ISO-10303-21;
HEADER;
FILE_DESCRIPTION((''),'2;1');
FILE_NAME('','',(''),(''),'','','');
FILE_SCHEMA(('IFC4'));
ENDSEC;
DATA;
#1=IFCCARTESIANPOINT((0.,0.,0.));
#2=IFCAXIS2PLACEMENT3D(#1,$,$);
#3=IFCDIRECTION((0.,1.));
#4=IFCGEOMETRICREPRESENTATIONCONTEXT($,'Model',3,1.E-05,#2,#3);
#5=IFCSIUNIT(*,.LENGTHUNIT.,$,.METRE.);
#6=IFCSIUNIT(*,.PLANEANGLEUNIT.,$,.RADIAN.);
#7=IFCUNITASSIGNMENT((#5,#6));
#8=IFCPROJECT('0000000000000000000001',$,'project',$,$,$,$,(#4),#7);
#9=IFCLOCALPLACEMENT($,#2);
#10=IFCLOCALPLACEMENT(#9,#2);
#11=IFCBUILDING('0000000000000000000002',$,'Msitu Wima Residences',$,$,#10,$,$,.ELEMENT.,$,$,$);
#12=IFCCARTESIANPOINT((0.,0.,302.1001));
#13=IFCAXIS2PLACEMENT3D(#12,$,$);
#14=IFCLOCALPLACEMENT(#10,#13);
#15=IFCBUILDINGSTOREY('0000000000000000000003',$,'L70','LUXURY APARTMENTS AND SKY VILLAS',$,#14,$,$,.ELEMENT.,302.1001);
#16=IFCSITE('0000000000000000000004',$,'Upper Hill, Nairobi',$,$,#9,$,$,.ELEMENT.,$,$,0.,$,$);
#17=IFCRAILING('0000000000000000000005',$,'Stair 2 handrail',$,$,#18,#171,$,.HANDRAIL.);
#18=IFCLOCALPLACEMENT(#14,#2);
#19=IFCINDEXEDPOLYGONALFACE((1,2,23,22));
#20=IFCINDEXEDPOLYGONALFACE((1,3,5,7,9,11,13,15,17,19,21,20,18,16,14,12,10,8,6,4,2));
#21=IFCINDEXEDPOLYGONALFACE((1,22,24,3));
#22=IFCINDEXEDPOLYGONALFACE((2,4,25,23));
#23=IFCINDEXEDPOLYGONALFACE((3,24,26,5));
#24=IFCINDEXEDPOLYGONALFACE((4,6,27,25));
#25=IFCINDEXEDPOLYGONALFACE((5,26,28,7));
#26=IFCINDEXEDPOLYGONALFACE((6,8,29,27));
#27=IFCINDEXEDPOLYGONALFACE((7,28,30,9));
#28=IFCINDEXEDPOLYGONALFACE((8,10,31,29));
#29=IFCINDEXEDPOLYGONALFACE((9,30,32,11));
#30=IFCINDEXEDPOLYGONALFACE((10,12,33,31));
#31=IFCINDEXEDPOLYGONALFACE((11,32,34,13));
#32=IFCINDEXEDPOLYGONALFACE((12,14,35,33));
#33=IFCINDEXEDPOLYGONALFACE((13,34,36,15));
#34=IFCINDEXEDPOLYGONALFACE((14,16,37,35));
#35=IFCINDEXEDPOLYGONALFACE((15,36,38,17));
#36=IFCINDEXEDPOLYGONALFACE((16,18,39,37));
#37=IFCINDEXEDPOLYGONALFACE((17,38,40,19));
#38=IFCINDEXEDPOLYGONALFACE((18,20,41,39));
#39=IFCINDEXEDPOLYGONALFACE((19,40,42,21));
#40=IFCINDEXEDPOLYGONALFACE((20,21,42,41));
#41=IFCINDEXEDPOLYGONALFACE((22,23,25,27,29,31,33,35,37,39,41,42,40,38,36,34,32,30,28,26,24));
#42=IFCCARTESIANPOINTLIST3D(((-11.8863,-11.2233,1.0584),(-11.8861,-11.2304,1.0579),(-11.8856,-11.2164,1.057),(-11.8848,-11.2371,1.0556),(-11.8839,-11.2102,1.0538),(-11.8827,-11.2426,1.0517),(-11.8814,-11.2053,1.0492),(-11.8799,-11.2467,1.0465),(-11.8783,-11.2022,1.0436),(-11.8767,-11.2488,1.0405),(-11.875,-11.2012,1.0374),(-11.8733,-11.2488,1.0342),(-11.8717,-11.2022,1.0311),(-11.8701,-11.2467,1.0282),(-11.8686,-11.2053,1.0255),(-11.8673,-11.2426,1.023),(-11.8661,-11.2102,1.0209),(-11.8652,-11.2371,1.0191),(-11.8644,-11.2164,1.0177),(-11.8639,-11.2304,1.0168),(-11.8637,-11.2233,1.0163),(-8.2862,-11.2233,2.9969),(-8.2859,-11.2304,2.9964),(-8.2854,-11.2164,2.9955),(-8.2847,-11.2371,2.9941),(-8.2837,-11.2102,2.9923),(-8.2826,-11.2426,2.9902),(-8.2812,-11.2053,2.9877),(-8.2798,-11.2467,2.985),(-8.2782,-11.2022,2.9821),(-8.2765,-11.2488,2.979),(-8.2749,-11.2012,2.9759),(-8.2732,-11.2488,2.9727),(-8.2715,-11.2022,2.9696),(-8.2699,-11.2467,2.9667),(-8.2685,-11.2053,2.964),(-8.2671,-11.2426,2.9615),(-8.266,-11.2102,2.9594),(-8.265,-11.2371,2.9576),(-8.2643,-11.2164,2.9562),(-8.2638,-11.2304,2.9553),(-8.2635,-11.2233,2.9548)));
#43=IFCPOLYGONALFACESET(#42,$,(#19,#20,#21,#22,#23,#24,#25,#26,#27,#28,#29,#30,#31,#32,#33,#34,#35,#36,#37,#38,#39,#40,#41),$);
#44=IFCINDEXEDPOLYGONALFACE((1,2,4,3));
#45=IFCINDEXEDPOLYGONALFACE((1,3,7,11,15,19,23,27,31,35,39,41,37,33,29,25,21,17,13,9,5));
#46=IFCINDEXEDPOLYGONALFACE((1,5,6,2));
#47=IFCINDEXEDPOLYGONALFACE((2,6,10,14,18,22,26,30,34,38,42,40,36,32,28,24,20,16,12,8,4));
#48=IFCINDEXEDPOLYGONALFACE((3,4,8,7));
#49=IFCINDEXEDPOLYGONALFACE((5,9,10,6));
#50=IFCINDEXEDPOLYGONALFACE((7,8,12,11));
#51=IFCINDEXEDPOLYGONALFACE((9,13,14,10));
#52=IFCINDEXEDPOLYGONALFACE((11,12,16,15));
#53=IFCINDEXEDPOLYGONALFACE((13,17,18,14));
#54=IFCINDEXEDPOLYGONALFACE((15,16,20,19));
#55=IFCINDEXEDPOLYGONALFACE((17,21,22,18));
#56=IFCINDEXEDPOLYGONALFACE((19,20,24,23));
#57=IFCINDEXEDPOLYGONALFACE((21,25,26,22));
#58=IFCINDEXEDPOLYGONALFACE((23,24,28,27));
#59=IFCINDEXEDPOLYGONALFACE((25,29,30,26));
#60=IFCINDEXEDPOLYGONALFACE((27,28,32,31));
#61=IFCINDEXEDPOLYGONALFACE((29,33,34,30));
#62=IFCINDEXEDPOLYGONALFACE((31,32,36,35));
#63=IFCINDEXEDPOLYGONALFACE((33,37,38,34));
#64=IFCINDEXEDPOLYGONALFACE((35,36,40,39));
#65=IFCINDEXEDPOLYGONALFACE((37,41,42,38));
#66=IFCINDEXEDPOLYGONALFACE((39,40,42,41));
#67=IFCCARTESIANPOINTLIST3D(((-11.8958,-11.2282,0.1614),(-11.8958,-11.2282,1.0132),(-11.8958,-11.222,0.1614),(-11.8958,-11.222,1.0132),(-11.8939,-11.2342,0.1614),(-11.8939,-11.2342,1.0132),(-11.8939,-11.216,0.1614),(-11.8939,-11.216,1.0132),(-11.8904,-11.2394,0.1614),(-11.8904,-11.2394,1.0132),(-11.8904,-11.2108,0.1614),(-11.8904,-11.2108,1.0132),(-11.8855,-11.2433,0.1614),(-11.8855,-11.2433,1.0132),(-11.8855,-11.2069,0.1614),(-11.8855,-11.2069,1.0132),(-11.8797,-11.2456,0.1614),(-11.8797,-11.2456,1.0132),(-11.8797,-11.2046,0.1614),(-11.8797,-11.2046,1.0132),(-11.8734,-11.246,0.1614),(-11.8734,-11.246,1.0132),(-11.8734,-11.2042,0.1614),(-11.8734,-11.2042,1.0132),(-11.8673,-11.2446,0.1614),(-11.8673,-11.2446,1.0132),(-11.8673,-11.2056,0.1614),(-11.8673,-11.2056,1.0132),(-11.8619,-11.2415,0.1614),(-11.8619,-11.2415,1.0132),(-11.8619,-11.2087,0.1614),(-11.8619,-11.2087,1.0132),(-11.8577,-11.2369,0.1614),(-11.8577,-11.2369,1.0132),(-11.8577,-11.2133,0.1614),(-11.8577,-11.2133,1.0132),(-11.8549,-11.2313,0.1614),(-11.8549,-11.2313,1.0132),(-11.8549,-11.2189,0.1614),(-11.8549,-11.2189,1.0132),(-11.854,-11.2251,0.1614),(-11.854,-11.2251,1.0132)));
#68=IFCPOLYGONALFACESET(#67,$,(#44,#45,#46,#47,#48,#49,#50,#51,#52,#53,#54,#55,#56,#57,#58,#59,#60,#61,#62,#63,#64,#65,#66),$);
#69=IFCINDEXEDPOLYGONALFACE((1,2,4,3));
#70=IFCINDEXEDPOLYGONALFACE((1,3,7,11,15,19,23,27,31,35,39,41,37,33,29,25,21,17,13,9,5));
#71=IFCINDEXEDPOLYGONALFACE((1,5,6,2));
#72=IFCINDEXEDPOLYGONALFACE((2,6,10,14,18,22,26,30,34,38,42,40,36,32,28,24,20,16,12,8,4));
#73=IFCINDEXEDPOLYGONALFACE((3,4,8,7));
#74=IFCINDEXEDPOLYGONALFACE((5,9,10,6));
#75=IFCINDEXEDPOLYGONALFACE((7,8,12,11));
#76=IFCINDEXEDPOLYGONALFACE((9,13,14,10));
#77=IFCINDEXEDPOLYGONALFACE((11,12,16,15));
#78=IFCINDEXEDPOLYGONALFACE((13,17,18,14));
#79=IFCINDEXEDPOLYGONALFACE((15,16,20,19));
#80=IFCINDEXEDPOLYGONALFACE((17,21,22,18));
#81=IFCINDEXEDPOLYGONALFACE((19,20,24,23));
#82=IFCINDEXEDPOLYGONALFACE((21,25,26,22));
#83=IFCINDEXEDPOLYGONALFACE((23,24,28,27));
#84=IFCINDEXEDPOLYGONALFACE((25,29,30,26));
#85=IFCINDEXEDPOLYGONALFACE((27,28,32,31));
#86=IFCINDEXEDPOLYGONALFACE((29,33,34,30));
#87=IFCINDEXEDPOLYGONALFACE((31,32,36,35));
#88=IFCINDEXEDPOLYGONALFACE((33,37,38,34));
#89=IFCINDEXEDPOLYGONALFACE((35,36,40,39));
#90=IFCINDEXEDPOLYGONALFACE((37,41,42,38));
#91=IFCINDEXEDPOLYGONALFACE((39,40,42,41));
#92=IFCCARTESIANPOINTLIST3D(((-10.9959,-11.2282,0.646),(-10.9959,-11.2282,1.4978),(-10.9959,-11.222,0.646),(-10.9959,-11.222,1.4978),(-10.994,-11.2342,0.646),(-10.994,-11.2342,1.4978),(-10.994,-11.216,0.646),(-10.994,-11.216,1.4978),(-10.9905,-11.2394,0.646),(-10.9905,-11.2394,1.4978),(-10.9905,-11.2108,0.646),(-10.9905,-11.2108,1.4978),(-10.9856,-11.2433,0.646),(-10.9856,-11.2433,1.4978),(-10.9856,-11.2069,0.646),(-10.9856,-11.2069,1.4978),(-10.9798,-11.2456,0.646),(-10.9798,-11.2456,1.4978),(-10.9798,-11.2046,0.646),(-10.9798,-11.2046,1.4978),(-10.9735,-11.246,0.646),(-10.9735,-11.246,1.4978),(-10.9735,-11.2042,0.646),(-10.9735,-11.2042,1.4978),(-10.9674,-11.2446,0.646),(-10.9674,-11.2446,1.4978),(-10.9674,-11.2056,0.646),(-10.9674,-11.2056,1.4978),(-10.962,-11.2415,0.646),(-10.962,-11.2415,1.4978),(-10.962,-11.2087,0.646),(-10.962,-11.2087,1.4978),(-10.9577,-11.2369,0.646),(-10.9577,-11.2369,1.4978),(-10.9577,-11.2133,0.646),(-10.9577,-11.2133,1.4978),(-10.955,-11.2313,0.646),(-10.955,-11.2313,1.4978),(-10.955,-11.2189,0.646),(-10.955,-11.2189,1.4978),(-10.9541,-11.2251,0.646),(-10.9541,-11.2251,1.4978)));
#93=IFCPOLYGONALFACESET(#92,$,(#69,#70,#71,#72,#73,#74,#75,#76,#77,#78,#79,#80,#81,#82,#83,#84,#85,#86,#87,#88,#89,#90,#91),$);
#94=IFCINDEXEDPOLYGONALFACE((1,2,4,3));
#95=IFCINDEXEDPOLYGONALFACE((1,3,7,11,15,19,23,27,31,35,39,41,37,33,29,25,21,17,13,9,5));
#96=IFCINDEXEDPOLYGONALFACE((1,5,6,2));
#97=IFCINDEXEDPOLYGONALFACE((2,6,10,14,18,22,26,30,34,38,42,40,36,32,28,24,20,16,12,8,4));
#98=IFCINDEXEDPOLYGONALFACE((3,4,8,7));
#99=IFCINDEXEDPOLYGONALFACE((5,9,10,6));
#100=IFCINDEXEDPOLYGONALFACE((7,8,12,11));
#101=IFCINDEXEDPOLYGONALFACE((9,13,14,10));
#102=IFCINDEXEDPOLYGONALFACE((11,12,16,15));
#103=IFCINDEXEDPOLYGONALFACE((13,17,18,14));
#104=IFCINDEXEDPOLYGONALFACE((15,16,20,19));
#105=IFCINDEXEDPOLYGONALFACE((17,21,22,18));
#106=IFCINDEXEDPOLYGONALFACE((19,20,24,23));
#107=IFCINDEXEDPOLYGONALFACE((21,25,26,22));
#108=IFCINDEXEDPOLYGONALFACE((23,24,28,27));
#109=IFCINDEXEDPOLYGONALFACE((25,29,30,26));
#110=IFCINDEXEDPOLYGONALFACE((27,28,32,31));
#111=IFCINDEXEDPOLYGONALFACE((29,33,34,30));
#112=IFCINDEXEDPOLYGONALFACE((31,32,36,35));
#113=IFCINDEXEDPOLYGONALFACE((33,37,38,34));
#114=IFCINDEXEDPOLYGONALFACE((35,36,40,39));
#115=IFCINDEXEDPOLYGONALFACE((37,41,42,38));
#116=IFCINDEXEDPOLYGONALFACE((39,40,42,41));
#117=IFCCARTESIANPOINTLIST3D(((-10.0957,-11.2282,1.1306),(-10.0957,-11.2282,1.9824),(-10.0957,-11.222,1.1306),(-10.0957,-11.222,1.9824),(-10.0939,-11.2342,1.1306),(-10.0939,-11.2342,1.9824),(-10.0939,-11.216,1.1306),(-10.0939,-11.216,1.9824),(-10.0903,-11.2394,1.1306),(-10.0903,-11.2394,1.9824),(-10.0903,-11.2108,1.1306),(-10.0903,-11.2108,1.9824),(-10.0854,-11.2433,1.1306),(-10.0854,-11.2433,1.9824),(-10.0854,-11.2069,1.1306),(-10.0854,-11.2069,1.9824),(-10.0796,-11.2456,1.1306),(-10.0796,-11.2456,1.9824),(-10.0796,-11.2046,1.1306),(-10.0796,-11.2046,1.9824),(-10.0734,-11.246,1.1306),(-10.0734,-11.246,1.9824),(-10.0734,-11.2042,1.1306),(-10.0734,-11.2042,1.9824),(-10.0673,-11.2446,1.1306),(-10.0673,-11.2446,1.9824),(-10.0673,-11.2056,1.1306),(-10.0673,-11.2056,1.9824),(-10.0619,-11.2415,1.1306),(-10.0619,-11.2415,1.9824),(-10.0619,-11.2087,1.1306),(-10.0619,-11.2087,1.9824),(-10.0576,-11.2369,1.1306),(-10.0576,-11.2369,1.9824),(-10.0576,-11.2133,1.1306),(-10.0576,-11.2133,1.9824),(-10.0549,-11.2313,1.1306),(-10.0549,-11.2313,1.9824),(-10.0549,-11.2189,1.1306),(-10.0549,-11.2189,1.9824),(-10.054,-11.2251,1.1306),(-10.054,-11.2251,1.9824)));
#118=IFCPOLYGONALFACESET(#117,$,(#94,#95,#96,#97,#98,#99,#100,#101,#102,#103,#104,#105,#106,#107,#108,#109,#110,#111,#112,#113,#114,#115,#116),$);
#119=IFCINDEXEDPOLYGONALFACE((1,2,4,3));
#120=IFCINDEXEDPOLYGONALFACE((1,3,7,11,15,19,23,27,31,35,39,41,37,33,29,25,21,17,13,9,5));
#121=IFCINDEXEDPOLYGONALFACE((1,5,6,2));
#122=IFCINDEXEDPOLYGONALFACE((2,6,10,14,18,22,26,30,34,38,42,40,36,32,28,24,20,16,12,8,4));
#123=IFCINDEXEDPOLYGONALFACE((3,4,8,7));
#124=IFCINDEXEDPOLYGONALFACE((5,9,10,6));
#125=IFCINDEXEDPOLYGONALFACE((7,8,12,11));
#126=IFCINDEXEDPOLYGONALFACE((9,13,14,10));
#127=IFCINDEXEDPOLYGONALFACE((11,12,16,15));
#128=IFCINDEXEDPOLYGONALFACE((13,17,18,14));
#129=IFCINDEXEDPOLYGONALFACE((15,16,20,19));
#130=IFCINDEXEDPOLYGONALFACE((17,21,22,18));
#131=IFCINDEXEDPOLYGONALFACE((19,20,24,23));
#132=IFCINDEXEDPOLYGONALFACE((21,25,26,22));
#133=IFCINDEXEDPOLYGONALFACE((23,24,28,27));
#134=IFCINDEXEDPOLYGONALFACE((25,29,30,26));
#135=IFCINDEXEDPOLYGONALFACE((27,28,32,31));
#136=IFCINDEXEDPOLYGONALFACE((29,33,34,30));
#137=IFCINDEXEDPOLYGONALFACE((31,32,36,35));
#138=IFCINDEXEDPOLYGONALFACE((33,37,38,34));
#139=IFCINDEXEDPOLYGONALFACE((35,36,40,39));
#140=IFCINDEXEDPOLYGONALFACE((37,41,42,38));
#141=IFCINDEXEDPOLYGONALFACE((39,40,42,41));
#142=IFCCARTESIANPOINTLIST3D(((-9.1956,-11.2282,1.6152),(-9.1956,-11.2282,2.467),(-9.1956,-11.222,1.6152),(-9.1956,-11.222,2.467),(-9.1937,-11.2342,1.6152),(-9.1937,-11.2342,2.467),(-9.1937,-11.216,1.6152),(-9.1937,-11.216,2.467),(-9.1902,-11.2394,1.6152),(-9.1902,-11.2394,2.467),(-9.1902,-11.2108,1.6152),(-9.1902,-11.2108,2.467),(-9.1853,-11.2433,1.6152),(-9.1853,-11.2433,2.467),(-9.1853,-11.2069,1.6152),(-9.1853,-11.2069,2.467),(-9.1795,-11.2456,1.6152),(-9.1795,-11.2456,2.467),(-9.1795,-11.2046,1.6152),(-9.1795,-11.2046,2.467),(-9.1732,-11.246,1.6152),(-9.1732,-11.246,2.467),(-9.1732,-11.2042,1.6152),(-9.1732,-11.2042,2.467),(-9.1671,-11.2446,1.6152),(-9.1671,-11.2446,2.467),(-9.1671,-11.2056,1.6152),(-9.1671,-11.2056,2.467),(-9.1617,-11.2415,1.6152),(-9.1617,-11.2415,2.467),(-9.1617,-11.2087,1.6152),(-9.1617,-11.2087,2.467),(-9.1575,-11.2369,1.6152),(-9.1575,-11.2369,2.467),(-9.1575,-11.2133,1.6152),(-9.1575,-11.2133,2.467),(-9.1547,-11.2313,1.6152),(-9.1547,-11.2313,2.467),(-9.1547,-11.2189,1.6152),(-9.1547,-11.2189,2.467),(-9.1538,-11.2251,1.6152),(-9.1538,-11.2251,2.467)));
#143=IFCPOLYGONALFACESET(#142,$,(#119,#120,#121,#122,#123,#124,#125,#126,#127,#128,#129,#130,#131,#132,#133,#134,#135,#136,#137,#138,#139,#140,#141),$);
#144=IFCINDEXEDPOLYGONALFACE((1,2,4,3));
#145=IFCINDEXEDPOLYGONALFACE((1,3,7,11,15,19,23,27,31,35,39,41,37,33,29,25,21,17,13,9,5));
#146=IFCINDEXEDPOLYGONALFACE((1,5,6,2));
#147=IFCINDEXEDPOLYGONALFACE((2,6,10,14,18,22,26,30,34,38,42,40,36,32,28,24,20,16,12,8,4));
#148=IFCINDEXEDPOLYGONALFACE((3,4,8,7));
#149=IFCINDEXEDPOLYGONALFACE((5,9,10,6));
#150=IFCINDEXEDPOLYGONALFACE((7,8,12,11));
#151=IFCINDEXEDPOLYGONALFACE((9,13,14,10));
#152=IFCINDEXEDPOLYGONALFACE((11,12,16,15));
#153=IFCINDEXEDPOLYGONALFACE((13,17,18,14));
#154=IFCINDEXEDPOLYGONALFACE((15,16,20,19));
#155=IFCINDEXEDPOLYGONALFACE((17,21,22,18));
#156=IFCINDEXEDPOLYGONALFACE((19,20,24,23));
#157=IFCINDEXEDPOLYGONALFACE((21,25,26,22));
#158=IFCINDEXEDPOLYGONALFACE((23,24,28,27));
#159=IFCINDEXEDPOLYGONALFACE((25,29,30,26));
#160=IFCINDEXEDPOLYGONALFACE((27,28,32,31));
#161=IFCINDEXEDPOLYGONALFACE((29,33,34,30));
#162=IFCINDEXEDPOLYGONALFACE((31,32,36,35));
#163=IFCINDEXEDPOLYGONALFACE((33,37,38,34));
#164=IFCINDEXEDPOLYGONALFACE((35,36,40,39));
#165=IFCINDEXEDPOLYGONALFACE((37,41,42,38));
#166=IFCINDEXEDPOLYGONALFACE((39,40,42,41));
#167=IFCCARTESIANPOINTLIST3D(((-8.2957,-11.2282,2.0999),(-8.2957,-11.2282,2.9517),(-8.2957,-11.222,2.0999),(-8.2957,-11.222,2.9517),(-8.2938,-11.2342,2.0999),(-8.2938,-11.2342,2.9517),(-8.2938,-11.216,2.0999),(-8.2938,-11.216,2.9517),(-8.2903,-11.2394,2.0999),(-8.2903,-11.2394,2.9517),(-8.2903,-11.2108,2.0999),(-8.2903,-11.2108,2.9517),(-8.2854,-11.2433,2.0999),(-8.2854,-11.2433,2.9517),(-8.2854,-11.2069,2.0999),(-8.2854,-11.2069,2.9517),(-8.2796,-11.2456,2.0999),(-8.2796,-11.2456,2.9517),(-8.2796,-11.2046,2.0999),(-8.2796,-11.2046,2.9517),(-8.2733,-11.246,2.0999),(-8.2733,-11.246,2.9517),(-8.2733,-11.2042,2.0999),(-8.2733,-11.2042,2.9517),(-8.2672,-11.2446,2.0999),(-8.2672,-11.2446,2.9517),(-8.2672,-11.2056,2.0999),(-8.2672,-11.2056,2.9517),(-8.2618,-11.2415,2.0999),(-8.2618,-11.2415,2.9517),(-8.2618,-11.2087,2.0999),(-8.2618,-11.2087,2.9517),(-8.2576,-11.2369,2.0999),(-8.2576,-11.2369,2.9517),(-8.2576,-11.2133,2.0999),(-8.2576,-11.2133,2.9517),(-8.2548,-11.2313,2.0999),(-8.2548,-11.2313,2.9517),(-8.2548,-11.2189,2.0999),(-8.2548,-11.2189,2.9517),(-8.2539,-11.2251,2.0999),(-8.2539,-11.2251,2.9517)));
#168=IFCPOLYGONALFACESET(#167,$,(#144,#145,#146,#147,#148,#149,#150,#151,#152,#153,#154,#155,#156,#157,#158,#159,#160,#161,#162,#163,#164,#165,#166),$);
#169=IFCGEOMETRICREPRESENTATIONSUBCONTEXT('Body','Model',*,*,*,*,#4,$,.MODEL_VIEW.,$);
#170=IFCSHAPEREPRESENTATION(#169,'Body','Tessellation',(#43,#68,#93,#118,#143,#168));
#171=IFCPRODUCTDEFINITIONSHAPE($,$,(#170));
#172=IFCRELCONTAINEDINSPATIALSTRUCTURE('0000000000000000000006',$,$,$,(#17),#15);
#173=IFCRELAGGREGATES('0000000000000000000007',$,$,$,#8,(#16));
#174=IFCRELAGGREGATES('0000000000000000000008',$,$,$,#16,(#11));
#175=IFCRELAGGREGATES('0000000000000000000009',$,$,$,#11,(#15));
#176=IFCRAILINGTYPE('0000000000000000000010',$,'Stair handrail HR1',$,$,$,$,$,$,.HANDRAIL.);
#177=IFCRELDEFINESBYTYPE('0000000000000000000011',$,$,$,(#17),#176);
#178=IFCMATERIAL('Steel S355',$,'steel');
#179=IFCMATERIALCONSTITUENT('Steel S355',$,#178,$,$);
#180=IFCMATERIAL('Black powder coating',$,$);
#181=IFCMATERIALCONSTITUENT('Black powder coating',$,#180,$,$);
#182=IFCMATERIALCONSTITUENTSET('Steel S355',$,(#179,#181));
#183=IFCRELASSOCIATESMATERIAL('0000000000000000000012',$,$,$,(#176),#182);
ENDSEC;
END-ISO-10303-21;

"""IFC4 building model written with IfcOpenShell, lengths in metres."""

from ifc_helpers import new_model, si_unit, direction, frame, origin, origin_2d, place, context, subcontext, project, spatial, circle, extrude, material, constituent, constituent_set, type_object, element, save


model = new_model("IFC4")

# Units and contexts
model_context = context("Model", 3, precision=1e-05, world=origin(), true_north=direction((0.0, 1.0)))
body_context = subcontext(model_context, "Body", "Model", "MODEL_VIEW")
ifc_project = project(units=[si_unit("LENGTHUNIT", "METRE"), si_unit("PLANEANGLEUNIT", "RADIAN")], contexts=[model_context])

# Site, building, storey
site_placement = place(None, origin())
site = spatial("IfcSite", under=ifc_project, at=site_placement, Name="Upper Hill, Nairobi", CompositionType="ELEMENT", RefElevation=0.0)
building_placement = place(site_placement, origin())
building = spatial("IfcBuilding", under=site, at=building_placement, Name="Msitu Wima Residences", CompositionType="ELEMENT")
storey_placement = place(building_placement, frame((0.0, 0.0, 302.1001)))
storey = spatial("IfcBuildingStorey", under=building, at=storey_placement, Name="L70", Description="LUXURY APARTMENTS AND SKY VILLAS", CompositionType="ELEMENT", Elevation=302.1001)

# Railing
ifc_material_1 = material(Name="Steel S355", Category="steel")
ifc_constituent_1 = constituent(ifc_material_1, Name="Steel S355")
ifc_material_2 = material(Name="Black powder coating")
ifc_constituent_2 = constituent(ifc_material_2, Name="Black powder coating")
ifc_constituent_set = constituent_set(constituents=[ifc_constituent_1, ifc_constituent_2], Name="Steel S355")
railing_type = type_object("IfcRailingType", Name="Stair handrail HR1", PredefinedType="HANDRAIL", material=ifc_constituent_set)
for number, where, name in (
    (1, (-11.875, -11.2251, 0.1614), "Stair 2 handrail"),
):
    element("IfcRailing", number, at=place(storey_placement, frame(where)), inside=storey, type_object=railing_type, Name=name, PredefinedType="HANDRAIL", context=body_context, shape_type="SweptSolid", body=[
        extrude(circle(Radius=0.0239, at=origin_2d()), frame((0.0, 0.0, 0.876), z_axis=(0.880475, 0.0, 0.474093), x_axis=(0.0, 1.0, 0.0)), (0.0, 0.0, 1.0), 4.0889),
        extrude(circle(Radius=0.021, at=origin_2d()), origin(), (0.0, 0.0, 1.0), 0.8518),
        extrude(circle(Radius=0.021, at=origin_2d()), frame((0.8999, 0.0, 0.4846)), (0.0, 0.0, 1.0), 0.8518),
        extrude(circle(Radius=0.021, at=origin_2d()), frame((1.8, 0.0, 0.9692)), (0.0, 0.0, 1.0), 0.8518),
        extrude(circle(Radius=0.021, at=origin_2d()), frame((2.7002, 0.0, 1.4539)), (0.0, 0.0, 1.0), 0.8518),
        extrude(circle(Radius=0.021, at=origin_2d()), frame((3.6001, 0.0, 1.9385)), (0.0, 0.0, 1.0), 0.8518),
    ])

save(model, "model.ifc")
